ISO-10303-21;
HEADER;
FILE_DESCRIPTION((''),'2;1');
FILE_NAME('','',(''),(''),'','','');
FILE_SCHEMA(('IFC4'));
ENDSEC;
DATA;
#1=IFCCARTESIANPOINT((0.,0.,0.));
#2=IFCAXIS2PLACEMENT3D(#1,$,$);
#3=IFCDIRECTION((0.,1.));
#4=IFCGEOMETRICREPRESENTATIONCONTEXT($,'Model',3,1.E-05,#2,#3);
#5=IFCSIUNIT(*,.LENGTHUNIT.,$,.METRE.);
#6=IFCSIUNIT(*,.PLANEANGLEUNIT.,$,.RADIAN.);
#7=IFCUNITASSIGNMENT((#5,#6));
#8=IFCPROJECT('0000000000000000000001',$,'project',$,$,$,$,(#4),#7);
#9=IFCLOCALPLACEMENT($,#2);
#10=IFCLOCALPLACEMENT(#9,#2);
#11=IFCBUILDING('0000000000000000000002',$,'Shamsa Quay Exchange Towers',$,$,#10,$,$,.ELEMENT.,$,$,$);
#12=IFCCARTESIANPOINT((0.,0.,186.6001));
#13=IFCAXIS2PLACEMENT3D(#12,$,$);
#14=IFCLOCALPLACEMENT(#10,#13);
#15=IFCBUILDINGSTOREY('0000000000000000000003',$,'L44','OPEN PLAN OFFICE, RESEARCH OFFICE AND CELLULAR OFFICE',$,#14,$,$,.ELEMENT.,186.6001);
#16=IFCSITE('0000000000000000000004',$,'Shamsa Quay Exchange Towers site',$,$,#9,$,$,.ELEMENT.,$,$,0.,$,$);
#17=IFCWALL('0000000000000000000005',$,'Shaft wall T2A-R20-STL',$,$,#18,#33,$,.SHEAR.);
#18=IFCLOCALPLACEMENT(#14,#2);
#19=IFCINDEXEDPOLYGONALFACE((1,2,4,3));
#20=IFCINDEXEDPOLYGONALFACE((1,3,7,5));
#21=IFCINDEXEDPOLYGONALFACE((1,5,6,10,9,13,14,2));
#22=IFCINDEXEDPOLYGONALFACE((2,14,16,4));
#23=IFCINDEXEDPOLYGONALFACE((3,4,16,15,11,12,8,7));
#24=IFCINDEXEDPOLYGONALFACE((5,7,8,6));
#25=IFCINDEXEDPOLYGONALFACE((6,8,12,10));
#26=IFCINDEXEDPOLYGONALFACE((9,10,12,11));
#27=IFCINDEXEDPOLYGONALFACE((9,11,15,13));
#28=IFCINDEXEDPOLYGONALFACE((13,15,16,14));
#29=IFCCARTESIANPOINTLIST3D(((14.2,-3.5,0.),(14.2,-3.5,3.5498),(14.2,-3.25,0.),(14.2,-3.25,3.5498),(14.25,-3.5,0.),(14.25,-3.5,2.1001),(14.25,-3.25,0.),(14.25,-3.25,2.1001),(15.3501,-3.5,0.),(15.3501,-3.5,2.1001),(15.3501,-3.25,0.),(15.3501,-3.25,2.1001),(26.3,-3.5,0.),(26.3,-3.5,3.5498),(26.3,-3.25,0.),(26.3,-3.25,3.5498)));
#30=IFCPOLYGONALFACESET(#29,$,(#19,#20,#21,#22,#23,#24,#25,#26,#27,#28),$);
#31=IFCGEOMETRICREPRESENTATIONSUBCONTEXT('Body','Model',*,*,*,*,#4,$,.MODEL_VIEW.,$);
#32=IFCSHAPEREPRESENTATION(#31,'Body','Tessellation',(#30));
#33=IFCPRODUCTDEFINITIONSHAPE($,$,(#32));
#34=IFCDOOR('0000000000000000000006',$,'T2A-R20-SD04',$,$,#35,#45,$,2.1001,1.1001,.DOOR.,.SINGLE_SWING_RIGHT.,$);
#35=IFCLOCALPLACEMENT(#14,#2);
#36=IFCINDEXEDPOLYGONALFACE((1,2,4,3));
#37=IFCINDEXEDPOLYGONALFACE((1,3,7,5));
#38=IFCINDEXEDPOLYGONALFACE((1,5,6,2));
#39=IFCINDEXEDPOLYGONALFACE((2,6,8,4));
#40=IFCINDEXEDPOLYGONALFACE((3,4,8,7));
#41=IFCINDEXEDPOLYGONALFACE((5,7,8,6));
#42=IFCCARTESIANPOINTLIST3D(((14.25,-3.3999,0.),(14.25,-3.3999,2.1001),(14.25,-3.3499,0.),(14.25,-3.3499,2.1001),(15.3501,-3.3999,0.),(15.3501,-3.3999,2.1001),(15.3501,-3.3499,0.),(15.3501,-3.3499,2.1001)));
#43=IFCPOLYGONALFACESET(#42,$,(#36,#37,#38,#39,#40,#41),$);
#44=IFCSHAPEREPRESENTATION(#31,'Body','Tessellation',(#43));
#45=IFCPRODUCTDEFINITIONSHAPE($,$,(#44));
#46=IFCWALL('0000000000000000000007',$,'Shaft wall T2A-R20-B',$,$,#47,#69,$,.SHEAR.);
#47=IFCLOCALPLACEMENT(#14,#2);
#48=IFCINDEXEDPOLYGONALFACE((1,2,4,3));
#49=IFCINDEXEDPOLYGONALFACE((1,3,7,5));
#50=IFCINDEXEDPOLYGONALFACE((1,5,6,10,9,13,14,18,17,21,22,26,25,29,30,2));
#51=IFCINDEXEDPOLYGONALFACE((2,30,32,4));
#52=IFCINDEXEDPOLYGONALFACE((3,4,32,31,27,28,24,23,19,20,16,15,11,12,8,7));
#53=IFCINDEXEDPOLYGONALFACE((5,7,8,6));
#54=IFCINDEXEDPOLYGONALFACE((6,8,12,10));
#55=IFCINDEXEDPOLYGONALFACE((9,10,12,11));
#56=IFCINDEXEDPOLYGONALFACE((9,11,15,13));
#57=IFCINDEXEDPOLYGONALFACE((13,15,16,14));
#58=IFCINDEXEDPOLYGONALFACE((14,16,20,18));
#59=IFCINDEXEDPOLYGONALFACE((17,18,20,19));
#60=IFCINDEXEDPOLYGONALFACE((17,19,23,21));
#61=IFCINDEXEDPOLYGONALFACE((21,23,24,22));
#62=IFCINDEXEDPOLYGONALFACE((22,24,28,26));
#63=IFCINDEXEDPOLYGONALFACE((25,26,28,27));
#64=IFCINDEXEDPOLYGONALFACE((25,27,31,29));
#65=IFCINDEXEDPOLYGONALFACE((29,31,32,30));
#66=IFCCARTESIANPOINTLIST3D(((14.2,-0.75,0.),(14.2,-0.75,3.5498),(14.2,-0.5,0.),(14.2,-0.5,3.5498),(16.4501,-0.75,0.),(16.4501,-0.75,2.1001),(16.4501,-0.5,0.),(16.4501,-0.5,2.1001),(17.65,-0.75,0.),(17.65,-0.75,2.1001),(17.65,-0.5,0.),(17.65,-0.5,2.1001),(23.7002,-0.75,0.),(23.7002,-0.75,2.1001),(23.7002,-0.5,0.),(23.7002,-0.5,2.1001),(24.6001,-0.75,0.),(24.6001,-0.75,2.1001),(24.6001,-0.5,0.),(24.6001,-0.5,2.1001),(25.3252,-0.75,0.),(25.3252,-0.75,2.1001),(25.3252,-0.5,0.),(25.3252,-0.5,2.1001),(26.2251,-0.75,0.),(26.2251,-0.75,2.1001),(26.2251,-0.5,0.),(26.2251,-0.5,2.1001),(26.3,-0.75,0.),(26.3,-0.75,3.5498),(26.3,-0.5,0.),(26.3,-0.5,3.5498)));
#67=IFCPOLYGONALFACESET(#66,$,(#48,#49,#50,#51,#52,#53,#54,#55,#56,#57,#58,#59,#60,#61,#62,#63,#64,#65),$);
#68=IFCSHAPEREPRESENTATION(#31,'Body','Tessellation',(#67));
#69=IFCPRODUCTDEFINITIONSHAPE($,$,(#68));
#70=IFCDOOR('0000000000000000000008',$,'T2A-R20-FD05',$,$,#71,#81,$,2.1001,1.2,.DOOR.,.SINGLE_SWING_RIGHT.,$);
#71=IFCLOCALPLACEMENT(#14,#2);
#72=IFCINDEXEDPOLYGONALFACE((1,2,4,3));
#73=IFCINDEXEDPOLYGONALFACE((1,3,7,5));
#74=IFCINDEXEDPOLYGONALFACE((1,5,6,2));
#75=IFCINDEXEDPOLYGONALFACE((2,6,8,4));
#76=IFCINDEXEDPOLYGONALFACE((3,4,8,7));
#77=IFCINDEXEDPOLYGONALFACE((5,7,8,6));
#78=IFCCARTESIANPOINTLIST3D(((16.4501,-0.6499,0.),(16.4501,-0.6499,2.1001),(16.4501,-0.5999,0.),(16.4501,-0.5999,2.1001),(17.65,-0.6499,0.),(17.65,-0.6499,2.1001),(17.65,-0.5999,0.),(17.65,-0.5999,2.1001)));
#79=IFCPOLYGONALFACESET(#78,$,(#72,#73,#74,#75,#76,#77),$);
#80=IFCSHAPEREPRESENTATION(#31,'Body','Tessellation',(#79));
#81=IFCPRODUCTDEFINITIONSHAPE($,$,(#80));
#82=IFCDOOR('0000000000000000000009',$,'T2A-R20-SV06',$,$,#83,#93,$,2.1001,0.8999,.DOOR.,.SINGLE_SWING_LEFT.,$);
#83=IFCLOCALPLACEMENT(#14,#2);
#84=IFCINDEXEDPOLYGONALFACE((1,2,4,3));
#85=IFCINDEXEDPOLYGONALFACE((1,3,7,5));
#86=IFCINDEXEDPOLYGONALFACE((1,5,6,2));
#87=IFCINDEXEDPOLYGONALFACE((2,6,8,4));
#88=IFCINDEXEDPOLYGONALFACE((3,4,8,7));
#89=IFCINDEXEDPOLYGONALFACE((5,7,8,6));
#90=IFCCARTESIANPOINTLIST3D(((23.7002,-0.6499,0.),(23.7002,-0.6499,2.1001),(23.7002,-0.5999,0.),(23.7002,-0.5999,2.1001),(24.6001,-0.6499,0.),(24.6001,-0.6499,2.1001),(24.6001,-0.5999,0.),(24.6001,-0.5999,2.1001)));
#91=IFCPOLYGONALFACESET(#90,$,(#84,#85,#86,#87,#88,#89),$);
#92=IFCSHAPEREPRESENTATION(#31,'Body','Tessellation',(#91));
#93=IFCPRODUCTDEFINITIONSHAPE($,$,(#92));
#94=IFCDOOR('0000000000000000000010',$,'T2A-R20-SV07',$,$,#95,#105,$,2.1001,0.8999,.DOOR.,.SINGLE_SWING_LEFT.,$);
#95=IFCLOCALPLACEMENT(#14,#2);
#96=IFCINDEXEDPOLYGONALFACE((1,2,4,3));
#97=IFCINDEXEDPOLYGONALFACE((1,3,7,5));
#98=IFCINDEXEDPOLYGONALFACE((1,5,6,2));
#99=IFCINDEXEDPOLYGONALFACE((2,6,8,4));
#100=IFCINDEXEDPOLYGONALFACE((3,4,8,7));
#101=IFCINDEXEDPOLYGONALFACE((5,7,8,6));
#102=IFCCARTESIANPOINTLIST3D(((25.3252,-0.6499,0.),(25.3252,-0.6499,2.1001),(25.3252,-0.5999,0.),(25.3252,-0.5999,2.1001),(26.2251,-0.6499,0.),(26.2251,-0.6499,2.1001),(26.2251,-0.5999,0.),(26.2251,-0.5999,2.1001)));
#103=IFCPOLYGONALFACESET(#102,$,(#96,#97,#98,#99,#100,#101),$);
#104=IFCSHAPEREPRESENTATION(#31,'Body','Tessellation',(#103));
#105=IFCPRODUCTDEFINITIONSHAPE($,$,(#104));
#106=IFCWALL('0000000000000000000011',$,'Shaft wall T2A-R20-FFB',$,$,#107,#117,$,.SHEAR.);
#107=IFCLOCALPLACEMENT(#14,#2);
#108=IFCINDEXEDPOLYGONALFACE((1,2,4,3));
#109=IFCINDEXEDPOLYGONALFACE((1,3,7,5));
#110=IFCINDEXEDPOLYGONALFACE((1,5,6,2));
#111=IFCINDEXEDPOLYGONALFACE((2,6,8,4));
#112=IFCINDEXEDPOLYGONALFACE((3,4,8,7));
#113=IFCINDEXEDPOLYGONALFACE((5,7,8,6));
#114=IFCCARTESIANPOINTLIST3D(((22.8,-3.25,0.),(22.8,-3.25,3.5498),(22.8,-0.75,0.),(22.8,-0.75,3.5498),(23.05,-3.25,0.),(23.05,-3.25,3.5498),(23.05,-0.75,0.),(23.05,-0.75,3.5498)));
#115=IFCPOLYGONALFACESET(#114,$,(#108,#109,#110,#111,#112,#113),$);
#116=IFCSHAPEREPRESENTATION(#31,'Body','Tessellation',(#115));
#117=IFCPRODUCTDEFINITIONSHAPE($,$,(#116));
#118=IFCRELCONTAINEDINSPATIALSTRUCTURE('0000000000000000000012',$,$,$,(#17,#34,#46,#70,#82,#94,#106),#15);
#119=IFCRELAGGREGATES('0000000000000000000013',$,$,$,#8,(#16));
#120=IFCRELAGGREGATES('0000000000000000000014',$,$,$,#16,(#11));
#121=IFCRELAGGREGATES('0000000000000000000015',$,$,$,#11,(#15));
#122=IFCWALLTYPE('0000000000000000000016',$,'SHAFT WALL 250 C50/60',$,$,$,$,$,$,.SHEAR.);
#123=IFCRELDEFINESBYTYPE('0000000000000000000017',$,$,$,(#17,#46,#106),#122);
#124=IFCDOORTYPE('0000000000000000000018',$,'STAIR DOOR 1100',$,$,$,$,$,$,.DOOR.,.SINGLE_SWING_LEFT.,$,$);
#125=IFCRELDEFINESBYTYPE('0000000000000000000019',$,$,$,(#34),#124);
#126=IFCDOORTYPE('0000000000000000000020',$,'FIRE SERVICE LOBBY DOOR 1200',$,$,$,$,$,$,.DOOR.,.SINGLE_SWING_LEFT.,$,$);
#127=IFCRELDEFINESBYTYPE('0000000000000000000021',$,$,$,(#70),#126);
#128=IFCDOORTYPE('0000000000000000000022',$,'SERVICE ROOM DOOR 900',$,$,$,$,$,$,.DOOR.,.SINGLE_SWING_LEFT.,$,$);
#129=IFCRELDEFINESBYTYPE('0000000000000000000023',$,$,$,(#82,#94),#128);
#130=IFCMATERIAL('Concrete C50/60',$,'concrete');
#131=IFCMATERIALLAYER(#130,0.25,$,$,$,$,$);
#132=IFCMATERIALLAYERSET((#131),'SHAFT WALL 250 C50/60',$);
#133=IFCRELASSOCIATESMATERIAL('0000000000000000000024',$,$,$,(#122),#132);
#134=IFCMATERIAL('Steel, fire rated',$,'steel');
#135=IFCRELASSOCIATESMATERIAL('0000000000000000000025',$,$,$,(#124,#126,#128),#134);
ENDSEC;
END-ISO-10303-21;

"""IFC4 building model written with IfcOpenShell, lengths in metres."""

from ifc_helpers import new_model, si_unit, direction, frame, frame_2d, origin, place, context, subcontext, project, spatial, rectangle, extrude, material, layer, layer_set, type_object, element, fill, save


model = new_model("IFC4")

# Units and contexts
model_context = context("Model", 3, precision=1e-05, world=origin(), true_north=direction((0.0, 1.0)))
body_context = subcontext(model_context, "Body", "Model", "MODEL_VIEW")
ifc_project = project(units=[si_unit("LENGTHUNIT", "METRE"), si_unit("PLANEANGLEUNIT", "RADIAN")], contexts=[model_context])

# Site, building, storey
site_placement = place(None, origin())
site = spatial("IfcSite", under=ifc_project, at=site_placement, Name="Shamsa Quay Exchange Towers site", CompositionType="ELEMENT", RefElevation=0.0)
building_placement = place(site_placement, origin())
building = spatial("IfcBuilding", under=site, at=building_placement, Name="Shamsa Quay Exchange Towers", CompositionType="ELEMENT")
storey_placement = place(building_placement, frame((0.0, 0.0, 186.6001)))
storey = spatial("IfcBuildingStorey", under=building, at=storey_placement, Name="L44", Description="OPEN PLAN OFFICE, RESEARCH OFFICE AND CELLULAR OFFICE", CompositionType="ELEMENT", Elevation=186.6001)

# Wall, opening, door
ifc_material_1 = material(Name="Concrete C50/60", Category="concrete")
ifc_layer_1 = layer(ifc_material_1, 0.25)
ifc_layer_set_1 = layer_set([ifc_layer_1], Name="SHAFT WALL 250 C50/60")
wall_type_1 = type_object("IfcWallType", Name="SHAFT WALL 250 C50/60", PredefinedType="SHEAR", material=ifc_layer_set_1)
wall_1_placement = place(storey_placement, frame((26.3, -3.375, 0.0), z_axis=(0.0, 0.0, 1.0), x_axis=(-1.0, 0.0, 0.0)))
wall_1 = element("IfcWall", 1, at=wall_1_placement, inside=storey, type_object=wall_type_1, Name="Shaft wall T2A-R20-STL", PredefinedType="SHEAR", context=body_context, shape_type="SweptSolid", body=[
    extrude(rectangle(XDim=12.1001, YDim=0.25, at=frame_2d((6.05, 0.0))), origin(), (0.0, 0.0, 1.0), 3.5498),
])
opening_1_placement = place(wall_1_placement, frame((10.95, 0.0, 0.0)))
opening_1 = element("IfcOpeningElement", 2, at=opening_1_placement, cuts=wall_1, PredefinedType="OPENING", context=body_context, shape_type="SweptSolid", body=[
    extrude(rectangle(XDim=1.1001, YDim=2.1001, at=frame_2d((0.55, 1.05))), frame((0.0, 0.135, 0.0), z_axis=(0.0, -1.0, 0.0), x_axis=(1.0, 0.0, 0.0)), (0.0, 0.0, 1.0), 0.27),
])
ifc_material_2 = material(Name="Steel, fire rated", Category="steel")
door_type_1 = type_object("IfcDoorType", Name="STAIR DOOR 1100", OperationType="SINGLE_SWING_LEFT", PredefinedType="DOOR", material=ifc_material_2)
door_1_placement = place(opening_1_placement, origin())
door_1 = element("IfcDoor", 3, at=door_1_placement, inside=storey, type_object=door_type_1, Name="T2A-R20-SD04", OperationType="SINGLE_SWING_RIGHT", OverallHeight=2.1001, OverallWidth=1.1001, PredefinedType="DOOR", context=body_context, shape_type="SweptSolid", body=[
    extrude(rectangle(XDim=1.1001, YDim=2.1001, at=frame_2d((0.55, 1.05))), frame((0.0, 0.0249, 0.0), z_axis=(0.0, -1.0, 0.0), x_axis=(1.0, 0.0, 0.0)), (0.0, 0.0, 1.0), 0.05),
])
fill(opening_1, door_1)

# Wall, openings, doors
wall_2_placement = place(storey_placement, frame((26.3, -0.625, 0.0), z_axis=(0.0, 0.0, 1.0), x_axis=(-1.0, 0.0, 0.0)))
wall_2 = element("IfcWall", 4, at=wall_2_placement, inside=storey, type_object=wall_type_1, Name="Shaft wall T2A-R20-B", PredefinedType="SHEAR", context=body_context, shape_type="SweptSolid", body=[
    extrude(rectangle(XDim=12.1001, YDim=0.25, at=frame_2d((6.05, 0.0))), origin(), (0.0, 0.0, 1.0), 3.5498),
])
opening_2_placement = place(wall_2_placement, frame((8.6499, 0.0, 0.0)))
opening_2 = element("IfcOpeningElement", 5, at=opening_2_placement, cuts=wall_2, PredefinedType="OPENING", context=body_context, shape_type="SweptSolid", body=[
    extrude(rectangle(XDim=1.2, YDim=2.1001, at=frame_2d((0.6001, 1.05))), frame((0.0, 0.135, 0.0), z_axis=(0.0, -1.0, 0.0), x_axis=(1.0, 0.0, 0.0)), (0.0, 0.0, 1.0), 0.27),
])
opening_3_placement = place(wall_2_placement, frame((1.7, 0.0, 0.0)))
opening_3 = element("IfcOpeningElement", 6, at=opening_3_placement, cuts=wall_2, PredefinedType="OPENING", context=body_context, shape_type="SweptSolid", body=[
    extrude(rectangle(XDim=0.8999, YDim=2.1001, at=frame_2d((0.45, 1.05))), frame((0.0, 0.135, 0.0), z_axis=(0.0, -1.0, 0.0), x_axis=(1.0, 0.0, 0.0)), (0.0, 0.0, 1.0), 0.27),
])
opening_4_placement = place(wall_2_placement, frame((0.075, 0.0, 0.0)))
opening_4 = element("IfcOpeningElement", 7, at=opening_4_placement, cuts=wall_2, PredefinedType="OPENING", context=body_context, shape_type="SweptSolid", body=[
    extrude(rectangle(XDim=0.8999, YDim=2.1001, at=frame_2d((0.45, 1.05))), frame((0.0, 0.135, 0.0), z_axis=(0.0, -1.0, 0.0), x_axis=(1.0, 0.0, 0.0)), (0.0, 0.0, 1.0), 0.27),
])
door_type_2 = type_object("IfcDoorType", Name="FIRE SERVICE LOBBY DOOR 1200", OperationType="SINGLE_SWING_LEFT", PredefinedType="DOOR", material=ifc_material_2)
door_2_placement = place(opening_2_placement, origin())
door_2 = element("IfcDoor", 8, at=door_2_placement, inside=storey, type_object=door_type_2, Name="T2A-R20-FD05", OperationType="SINGLE_SWING_RIGHT", OverallHeight=2.1001, OverallWidth=1.2, PredefinedType="DOOR", context=body_context, shape_type="SweptSolid", body=[
    extrude(rectangle(XDim=1.2, YDim=2.1001, at=frame_2d((0.6001, 1.05))), frame((0.0, 0.0249, 0.0), z_axis=(0.0, -1.0, 0.0), x_axis=(1.0, 0.0, 0.0)), (0.0, 0.0, 1.0), 0.05),
])
fill(opening_2, door_2)
door_type_3 = type_object("IfcDoorType", Name="SERVICE ROOM DOOR 900", OperationType="SINGLE_SWING_LEFT", PredefinedType="DOOR", material=ifc_material_2)
door_3_placement = place(opening_3_placement, origin())
door_3 = element("IfcDoor", 9, at=door_3_placement, inside=storey, type_object=door_type_3, Name="T2A-R20-SV06", OperationType="SINGLE_SWING_LEFT", OverallHeight=2.1001, OverallWidth=0.8999, PredefinedType="DOOR", context=body_context, shape_type="SweptSolid", body=[
    extrude(rectangle(XDim=0.8999, YDim=2.1001, at=frame_2d((0.45, 1.05))), frame((0.0, 0.0249, 0.0), z_axis=(0.0, -1.0, 0.0), x_axis=(1.0, 0.0, 0.0)), (0.0, 0.0, 1.0), 0.05),
])
fill(opening_3, door_3)
door_4_placement = place(opening_4_placement, origin())
door_4 = element("IfcDoor", 10, at=door_4_placement, inside=storey, type_object=door_type_3, Name="T2A-R20-SV07", OperationType="SINGLE_SWING_LEFT", OverallHeight=2.1001, OverallWidth=0.8999, PredefinedType="DOOR", context=body_context, shape_type="SweptSolid", body=[
    extrude(rectangle(XDim=0.8999, YDim=2.1001, at=frame_2d((0.45, 1.05))), frame((0.0, 0.0249, 0.0), z_axis=(0.0, -1.0, 0.0), x_axis=(1.0, 0.0, 0.0)), (0.0, 0.0, 1.0), 0.05),
])
fill(opening_4, door_4)

# Wall
wall_3_placement = place(storey_placement, frame((22.925, -3.25, 0.0), z_axis=(0.0, 0.0, 1.0), x_axis=(0.0, 1.0, 0.0)))
element("IfcWall", 11, at=wall_3_placement, inside=storey, type_object=wall_type_1, Name="Shaft wall T2A-R20-FFB", PredefinedType="SHEAR", context=body_context, shape_type="SweptSolid", body=[
    extrude(rectangle(XDim=2.5, YDim=0.25, at=frame_2d((1.25, 0.0))), origin(), (0.0, 0.0, 1.0), 3.5498),
])

save(model, "model.ifc")
